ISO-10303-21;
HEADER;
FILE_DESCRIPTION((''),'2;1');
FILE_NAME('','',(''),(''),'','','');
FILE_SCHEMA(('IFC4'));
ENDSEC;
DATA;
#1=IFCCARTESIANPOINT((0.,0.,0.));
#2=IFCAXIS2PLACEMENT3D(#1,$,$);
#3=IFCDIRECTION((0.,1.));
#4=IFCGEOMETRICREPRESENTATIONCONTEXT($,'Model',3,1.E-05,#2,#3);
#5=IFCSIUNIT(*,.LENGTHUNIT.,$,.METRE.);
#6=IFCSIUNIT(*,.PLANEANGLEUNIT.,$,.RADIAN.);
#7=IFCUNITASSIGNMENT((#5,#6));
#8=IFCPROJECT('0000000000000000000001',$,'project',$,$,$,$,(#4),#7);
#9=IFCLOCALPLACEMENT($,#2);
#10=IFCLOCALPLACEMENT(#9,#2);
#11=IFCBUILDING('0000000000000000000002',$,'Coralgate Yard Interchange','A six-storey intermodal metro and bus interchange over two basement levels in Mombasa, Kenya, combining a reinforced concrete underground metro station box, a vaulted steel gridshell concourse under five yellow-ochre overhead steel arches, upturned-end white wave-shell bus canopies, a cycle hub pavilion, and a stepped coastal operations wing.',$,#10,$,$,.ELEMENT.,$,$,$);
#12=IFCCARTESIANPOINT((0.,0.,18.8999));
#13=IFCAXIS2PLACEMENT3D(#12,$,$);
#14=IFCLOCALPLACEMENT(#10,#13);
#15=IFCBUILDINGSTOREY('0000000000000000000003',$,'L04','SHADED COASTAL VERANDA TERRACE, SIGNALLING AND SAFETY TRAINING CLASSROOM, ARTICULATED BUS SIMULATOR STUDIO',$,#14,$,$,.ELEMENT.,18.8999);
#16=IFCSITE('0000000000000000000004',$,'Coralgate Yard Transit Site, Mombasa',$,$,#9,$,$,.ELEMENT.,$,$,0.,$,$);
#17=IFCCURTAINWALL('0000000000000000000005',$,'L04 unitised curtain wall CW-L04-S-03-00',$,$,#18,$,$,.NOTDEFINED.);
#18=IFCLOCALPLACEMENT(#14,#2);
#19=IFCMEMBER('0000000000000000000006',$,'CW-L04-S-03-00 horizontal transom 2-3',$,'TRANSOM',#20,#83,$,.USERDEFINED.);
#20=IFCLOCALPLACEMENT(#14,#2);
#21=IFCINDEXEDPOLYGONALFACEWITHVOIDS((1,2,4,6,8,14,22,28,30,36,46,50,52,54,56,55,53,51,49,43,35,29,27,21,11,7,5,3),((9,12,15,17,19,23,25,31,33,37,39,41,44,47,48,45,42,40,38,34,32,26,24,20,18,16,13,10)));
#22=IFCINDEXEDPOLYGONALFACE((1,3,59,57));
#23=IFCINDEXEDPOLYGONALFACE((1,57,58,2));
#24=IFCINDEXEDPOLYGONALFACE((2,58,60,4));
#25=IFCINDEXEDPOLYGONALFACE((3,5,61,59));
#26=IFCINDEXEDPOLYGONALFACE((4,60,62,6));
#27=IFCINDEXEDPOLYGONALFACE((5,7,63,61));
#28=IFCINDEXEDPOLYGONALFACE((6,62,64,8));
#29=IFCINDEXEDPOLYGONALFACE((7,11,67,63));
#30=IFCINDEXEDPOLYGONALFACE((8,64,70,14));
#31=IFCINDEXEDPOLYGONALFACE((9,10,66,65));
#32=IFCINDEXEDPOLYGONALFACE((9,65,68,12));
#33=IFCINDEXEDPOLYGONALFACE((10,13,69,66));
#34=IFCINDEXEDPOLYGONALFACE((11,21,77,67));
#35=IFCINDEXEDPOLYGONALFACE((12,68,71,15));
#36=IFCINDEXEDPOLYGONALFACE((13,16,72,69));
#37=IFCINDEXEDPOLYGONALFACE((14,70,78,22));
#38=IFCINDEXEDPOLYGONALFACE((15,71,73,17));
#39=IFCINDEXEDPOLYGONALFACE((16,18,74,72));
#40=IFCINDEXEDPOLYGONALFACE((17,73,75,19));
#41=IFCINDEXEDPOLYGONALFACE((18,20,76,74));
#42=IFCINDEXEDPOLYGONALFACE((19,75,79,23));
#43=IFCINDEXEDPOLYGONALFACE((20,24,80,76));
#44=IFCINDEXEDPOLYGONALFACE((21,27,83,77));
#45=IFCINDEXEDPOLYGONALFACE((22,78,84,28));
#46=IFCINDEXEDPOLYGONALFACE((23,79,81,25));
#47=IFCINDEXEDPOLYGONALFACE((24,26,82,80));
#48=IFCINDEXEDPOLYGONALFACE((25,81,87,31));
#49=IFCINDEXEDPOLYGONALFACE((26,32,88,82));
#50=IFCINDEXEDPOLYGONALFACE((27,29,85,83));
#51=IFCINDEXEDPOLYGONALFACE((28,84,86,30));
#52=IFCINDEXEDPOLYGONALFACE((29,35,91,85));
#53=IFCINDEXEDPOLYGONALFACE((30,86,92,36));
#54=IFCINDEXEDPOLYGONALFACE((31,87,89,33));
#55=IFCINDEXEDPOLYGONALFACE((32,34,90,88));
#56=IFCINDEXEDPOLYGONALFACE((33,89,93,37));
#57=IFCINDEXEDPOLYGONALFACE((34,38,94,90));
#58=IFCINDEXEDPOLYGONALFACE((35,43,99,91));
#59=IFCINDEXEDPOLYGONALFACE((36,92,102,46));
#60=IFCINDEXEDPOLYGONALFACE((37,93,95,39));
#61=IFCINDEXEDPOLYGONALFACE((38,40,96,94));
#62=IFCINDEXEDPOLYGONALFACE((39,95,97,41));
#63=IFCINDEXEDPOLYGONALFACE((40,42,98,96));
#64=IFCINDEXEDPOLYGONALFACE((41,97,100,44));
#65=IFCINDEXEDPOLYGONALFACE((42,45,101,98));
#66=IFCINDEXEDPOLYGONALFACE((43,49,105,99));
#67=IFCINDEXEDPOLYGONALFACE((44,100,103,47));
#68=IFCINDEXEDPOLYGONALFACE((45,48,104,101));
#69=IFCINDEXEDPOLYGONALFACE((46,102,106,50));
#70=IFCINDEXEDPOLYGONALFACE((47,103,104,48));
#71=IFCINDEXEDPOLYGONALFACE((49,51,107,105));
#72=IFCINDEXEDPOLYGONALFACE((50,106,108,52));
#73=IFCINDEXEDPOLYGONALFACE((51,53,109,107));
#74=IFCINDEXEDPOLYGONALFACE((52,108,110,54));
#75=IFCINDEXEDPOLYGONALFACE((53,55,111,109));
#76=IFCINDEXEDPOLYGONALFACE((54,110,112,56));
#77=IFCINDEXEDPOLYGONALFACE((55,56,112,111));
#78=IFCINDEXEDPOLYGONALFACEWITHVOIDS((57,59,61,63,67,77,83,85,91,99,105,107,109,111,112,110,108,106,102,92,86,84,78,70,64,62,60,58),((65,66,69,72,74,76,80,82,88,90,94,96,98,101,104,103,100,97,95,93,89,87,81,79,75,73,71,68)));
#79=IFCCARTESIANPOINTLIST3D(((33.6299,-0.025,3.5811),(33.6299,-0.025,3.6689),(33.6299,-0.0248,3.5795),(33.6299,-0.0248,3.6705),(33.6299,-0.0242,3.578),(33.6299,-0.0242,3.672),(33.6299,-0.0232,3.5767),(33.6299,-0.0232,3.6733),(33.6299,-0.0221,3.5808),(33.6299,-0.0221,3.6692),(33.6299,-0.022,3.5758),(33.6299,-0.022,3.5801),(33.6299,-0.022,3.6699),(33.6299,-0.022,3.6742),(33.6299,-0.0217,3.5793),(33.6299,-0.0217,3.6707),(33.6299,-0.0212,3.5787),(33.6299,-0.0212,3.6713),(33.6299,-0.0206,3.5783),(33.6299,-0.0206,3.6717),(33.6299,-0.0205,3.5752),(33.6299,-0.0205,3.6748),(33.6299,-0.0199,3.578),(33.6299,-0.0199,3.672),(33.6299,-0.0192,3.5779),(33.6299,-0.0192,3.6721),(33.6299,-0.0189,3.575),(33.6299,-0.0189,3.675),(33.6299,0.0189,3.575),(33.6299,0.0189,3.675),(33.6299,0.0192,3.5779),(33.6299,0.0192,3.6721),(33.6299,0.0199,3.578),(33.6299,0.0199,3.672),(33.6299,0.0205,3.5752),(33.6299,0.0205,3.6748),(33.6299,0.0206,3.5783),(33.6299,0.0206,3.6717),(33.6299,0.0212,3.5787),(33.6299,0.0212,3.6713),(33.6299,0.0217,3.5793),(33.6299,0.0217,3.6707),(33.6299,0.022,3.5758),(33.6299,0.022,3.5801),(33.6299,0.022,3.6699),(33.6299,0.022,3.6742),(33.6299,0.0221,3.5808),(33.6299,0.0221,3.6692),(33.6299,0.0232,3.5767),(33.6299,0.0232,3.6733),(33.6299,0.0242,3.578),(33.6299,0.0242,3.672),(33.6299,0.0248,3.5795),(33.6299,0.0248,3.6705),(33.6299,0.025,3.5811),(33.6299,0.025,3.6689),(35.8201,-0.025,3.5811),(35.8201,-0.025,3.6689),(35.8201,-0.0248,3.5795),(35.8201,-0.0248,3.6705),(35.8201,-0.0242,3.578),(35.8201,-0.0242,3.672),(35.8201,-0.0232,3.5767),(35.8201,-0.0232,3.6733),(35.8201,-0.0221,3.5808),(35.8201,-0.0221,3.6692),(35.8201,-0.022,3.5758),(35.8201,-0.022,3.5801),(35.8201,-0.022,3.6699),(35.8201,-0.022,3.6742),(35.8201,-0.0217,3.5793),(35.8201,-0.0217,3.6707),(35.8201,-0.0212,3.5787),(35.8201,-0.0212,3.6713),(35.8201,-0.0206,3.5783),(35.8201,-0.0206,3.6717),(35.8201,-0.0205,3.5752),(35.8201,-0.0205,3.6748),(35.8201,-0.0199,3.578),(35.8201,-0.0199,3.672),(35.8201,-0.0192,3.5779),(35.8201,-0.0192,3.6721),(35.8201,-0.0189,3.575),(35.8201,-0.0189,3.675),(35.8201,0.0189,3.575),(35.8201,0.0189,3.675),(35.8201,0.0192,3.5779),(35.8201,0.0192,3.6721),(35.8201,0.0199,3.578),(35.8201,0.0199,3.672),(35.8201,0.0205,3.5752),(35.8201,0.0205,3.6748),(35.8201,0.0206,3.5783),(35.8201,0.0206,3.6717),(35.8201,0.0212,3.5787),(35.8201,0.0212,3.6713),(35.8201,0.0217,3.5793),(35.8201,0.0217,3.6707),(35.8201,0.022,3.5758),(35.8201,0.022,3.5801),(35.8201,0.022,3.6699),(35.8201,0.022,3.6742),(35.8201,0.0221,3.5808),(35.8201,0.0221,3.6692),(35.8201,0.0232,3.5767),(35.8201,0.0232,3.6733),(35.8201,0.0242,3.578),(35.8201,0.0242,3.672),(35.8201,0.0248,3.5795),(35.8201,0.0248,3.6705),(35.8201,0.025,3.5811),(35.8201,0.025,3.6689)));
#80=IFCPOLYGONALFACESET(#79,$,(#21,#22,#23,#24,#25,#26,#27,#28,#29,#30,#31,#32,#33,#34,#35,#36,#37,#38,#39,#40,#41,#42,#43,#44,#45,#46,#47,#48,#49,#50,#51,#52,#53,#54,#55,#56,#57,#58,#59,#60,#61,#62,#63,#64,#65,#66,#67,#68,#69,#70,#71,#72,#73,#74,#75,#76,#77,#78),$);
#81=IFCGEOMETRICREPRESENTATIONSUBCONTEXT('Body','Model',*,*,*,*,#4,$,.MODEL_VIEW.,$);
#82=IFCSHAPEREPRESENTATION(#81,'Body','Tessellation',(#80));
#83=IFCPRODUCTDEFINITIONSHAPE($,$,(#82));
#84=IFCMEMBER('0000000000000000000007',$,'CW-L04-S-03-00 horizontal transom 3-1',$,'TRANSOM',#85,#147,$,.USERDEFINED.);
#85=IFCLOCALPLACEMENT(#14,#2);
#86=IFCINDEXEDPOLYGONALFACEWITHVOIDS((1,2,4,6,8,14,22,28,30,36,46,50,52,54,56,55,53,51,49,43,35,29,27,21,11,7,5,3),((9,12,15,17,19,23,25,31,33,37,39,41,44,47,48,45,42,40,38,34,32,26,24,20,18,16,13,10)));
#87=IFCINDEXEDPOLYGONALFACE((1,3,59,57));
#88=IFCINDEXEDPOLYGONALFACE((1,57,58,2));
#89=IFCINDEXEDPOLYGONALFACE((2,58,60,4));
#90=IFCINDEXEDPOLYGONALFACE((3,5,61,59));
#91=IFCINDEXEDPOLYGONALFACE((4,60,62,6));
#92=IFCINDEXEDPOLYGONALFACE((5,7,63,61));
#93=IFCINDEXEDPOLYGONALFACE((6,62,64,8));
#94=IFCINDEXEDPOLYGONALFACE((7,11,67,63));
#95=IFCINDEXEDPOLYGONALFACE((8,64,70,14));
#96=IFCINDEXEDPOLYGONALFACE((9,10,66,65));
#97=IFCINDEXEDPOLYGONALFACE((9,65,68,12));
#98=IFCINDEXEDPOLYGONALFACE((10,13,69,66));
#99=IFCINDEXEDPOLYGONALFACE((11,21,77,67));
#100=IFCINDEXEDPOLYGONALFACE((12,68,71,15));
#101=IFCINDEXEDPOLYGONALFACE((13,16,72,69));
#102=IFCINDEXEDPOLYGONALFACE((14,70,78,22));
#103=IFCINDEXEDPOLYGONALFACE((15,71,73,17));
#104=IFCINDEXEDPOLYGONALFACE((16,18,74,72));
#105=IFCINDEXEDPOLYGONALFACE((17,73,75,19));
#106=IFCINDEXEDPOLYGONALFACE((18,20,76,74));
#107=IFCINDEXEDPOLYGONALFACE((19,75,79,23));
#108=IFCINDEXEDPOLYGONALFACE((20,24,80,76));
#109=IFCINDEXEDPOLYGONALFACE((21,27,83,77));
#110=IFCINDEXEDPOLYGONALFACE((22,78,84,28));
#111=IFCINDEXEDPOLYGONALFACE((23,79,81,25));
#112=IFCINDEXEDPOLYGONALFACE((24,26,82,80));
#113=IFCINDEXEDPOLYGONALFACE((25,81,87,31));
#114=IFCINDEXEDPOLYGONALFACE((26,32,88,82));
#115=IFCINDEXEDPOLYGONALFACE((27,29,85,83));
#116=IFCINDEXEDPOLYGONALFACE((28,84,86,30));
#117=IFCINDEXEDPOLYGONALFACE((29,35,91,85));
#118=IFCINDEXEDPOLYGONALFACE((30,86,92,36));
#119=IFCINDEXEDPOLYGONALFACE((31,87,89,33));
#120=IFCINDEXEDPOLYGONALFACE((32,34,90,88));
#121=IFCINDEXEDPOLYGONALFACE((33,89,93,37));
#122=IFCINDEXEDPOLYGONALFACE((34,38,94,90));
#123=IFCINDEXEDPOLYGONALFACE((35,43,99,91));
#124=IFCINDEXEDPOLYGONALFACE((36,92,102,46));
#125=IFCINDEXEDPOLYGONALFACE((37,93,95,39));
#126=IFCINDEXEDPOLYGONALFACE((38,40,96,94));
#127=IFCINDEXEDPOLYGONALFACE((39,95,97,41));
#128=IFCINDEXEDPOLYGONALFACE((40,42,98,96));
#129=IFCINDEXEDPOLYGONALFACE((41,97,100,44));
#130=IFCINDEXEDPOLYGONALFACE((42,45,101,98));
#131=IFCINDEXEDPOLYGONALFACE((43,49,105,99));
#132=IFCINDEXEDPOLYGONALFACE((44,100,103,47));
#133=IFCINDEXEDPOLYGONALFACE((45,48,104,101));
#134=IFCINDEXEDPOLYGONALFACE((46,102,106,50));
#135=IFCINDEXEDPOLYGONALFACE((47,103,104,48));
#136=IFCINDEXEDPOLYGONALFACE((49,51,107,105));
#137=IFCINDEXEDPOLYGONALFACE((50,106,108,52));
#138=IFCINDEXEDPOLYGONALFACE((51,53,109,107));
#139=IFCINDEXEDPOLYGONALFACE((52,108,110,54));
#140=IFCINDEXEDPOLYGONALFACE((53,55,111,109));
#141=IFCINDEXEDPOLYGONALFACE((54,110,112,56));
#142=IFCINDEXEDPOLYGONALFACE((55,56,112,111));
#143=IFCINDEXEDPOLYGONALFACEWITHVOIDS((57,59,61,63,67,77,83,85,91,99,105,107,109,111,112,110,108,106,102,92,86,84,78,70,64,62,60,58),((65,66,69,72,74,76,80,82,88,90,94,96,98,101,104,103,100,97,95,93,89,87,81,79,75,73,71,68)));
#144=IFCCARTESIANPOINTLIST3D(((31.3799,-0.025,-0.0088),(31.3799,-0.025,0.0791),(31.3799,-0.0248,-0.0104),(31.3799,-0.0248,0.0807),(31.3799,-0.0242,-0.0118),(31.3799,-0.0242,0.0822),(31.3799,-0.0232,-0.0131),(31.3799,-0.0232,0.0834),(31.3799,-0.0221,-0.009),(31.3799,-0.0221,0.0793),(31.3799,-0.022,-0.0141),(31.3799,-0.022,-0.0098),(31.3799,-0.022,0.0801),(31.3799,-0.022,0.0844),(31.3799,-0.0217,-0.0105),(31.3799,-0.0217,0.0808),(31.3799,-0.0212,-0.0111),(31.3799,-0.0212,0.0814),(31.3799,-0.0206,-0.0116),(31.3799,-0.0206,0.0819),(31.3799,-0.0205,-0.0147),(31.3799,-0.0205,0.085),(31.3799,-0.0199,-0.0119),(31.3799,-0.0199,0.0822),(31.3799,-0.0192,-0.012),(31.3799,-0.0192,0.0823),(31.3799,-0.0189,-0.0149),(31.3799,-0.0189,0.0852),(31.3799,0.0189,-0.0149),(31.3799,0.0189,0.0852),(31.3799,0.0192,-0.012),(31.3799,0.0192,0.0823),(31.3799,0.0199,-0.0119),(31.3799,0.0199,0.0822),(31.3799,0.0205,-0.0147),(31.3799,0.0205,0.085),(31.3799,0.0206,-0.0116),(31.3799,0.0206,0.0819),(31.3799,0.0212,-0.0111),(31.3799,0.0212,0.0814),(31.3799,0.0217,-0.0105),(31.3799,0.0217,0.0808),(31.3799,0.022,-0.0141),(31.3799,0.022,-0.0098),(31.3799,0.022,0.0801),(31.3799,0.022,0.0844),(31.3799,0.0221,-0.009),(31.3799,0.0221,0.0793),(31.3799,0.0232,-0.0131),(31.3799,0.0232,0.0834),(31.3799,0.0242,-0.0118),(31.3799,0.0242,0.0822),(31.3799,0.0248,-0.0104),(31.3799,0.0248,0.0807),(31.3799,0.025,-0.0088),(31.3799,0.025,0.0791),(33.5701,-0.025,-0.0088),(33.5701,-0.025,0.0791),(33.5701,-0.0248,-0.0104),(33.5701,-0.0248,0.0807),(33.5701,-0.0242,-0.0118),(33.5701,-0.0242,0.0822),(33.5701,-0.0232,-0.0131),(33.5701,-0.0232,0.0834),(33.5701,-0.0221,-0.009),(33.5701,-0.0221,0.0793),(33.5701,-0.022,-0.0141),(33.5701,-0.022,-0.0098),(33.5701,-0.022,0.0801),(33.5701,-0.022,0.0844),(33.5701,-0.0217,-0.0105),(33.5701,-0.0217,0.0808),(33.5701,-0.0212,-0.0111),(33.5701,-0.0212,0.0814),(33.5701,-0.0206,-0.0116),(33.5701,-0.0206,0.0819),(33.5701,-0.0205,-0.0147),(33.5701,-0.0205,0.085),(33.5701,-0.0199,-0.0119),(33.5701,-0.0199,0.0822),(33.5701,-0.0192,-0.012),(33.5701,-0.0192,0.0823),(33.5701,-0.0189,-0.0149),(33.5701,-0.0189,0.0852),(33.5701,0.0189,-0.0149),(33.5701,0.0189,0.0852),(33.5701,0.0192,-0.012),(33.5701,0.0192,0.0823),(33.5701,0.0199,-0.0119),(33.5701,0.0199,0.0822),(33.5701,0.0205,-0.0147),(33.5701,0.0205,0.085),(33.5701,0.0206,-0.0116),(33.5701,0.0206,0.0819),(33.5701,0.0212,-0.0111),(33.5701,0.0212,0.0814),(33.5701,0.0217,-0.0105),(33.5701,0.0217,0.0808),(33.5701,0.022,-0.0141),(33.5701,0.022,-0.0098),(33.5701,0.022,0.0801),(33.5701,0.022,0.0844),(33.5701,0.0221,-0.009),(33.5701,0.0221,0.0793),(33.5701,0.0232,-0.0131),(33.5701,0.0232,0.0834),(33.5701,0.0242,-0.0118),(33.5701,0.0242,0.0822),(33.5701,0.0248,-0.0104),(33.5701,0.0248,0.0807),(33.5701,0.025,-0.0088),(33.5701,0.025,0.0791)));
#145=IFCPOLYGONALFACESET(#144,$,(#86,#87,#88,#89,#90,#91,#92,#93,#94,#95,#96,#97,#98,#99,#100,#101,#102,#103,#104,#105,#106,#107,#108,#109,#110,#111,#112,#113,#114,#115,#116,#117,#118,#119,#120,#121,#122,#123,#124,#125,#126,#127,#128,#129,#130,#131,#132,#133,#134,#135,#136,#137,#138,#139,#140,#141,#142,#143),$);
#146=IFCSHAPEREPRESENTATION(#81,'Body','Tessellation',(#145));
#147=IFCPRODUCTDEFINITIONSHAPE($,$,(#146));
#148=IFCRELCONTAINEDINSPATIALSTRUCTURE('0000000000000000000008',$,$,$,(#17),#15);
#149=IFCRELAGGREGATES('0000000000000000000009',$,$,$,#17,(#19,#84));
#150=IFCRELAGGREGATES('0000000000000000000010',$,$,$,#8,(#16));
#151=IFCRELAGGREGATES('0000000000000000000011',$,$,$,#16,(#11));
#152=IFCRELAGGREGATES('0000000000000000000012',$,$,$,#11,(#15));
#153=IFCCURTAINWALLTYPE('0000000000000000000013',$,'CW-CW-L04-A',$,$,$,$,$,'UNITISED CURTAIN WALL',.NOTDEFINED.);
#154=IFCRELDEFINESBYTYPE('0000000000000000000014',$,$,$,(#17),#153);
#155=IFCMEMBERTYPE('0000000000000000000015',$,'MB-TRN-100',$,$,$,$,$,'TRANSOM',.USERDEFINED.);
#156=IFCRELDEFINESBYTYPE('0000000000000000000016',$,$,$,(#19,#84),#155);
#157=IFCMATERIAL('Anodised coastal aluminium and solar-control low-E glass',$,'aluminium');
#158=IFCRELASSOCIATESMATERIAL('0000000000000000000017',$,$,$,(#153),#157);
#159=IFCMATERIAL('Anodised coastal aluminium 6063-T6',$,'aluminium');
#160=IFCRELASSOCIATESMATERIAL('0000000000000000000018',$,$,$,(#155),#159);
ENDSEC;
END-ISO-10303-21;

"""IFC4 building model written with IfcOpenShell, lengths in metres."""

from ifc_helpers import new_model, si_unit, direction, frame, origin, origin_2d, place, context, subcontext, project, spatial, hollow_rectangle, extrude, material, material_profile, profile_set, type_object, element, aggregate, save


model = new_model("IFC4")

# Units and contexts
model_context = context("Model", 3, precision=1e-05, world=origin(), true_north=direction((0.0, 1.0)))
body_context = subcontext(model_context, "Body", "Model", "MODEL_VIEW")
ifc_project = project(units=[si_unit("LENGTHUNIT", "METRE"), si_unit("PLANEANGLEUNIT", "RADIAN")], contexts=[model_context])

# Site, building, storey
site_placement = place(None, origin())
site = spatial("IfcSite", under=ifc_project, at=site_placement, Name="Coralgate Yard Transit Site, Mombasa", CompositionType="ELEMENT", RefElevation=0.0)
building_placement = place(site_placement, origin())
building = spatial("IfcBuilding", under=site, at=building_placement, Name="Coralgate Yard Interchange", Description="A six-storey intermodal metro and bus interchange over two basement levels in Mombasa, Kenya, combining a reinforced concrete underground metro station box, a vaulted steel gridshell concourse under five yellow-ochre overhead steel arches, upturned-end white wave-shell bus canopies, a cycle hub pavilion, and a stepped coastal operations wing.", CompositionType="ELEMENT")
storey_placement = place(building_placement, frame((0.0, 0.0, 18.8999)))
storey = spatial("IfcBuildingStorey", under=building, at=storey_placement, Name="L04", Description="SHADED COASTAL VERANDA TERRACE, SIGNALLING AND SAFETY TRAINING CLASSROOM, ARTICULATED BUS SIMULATOR STUDIO", CompositionType="ELEMENT", Elevation=18.8999)

# Curtain wall, members
ifc_material_1 = material(Name="Anodised coastal aluminium and solar-control low-E glass", Category="aluminium")
curtain_wall_type = type_object("IfcCurtainWallType", Name="CW-CW-L04-A", ElementType="UNITISED CURTAIN WALL", PredefinedType="NOTDEFINED", material=ifc_material_1)
curtain_wall_placement = place(storey_placement, origin())
curtain_wall = element("IfcCurtainWall", 1, at=curtain_wall_placement, inside=storey, type_object=curtain_wall_type, Name="L04 unitised curtain wall CW-L04-S-03-00", PredefinedType="NOTDEFINED")
ifc_material_2 = material(Name="Anodised coastal aluminium 6063-T6", Category="aluminium")
ifc_material_profile_1 = material_profile(ifc_material_2, hollow_rectangle(XDim=0.05, YDim=0.1001, WallThickness=0.0029, InnerFilletRadius=0.0029, OuterFilletRadius=0.0061, at=origin_2d()), Name="ALU 50x100x3")
ifc_profile_set_1 = profile_set([ifc_material_profile_1], Name="Anodised coastal aluminium 6063-T6")
member_type_1 = type_object("IfcMemberType", Name="MB-TRN-100", ElementType="TRANSOM", PredefinedType="USERDEFINED", material=ifc_profile_set_1)
member_1_placement = place(storey_placement, frame((35.8201, 0.0, 3.625), z_axis=(-1.0, 0.0, 0.0), x_axis=(0.0, -1.0, 0.0)))
member_1 = element("IfcMember", 2, at=member_1_placement, type_object=member_type_1, Name="CW-L04-S-03-00 horizontal transom 2-3", ObjectType="TRANSOM", PredefinedType="USERDEFINED", context=body_context, shape_type="SweptSolid", body=[
    extrude(hollow_rectangle(XDim=0.05, YDim=0.1001, WallThickness=0.0029, InnerFilletRadius=0.0029, OuterFilletRadius=0.0061, at=origin_2d()), origin(), (0.0, 0.0, 1.0), 2.1902),
])
member_2_placement = place(storey_placement, frame((33.5701, 0.0, 0.0352), z_axis=(-1.0, 0.0, 0.0), x_axis=(0.0, -1.0, 0.0)))
member_2 = element("IfcMember", 3, at=member_2_placement, type_object=member_type_1, Name="CW-L04-S-03-00 horizontal transom 3-1", ObjectType="TRANSOM", PredefinedType="USERDEFINED", context=body_context, shape_type="SweptSolid", body=[
    extrude(hollow_rectangle(XDim=0.05, YDim=0.1001, WallThickness=0.0029, InnerFilletRadius=0.0029, OuterFilletRadius=0.0061, at=origin_2d()), origin(), (0.0, 0.0, 1.0), 2.1902),
])
aggregate(curtain_wall, [member_1, member_2])

save(model, "model.ifc")
